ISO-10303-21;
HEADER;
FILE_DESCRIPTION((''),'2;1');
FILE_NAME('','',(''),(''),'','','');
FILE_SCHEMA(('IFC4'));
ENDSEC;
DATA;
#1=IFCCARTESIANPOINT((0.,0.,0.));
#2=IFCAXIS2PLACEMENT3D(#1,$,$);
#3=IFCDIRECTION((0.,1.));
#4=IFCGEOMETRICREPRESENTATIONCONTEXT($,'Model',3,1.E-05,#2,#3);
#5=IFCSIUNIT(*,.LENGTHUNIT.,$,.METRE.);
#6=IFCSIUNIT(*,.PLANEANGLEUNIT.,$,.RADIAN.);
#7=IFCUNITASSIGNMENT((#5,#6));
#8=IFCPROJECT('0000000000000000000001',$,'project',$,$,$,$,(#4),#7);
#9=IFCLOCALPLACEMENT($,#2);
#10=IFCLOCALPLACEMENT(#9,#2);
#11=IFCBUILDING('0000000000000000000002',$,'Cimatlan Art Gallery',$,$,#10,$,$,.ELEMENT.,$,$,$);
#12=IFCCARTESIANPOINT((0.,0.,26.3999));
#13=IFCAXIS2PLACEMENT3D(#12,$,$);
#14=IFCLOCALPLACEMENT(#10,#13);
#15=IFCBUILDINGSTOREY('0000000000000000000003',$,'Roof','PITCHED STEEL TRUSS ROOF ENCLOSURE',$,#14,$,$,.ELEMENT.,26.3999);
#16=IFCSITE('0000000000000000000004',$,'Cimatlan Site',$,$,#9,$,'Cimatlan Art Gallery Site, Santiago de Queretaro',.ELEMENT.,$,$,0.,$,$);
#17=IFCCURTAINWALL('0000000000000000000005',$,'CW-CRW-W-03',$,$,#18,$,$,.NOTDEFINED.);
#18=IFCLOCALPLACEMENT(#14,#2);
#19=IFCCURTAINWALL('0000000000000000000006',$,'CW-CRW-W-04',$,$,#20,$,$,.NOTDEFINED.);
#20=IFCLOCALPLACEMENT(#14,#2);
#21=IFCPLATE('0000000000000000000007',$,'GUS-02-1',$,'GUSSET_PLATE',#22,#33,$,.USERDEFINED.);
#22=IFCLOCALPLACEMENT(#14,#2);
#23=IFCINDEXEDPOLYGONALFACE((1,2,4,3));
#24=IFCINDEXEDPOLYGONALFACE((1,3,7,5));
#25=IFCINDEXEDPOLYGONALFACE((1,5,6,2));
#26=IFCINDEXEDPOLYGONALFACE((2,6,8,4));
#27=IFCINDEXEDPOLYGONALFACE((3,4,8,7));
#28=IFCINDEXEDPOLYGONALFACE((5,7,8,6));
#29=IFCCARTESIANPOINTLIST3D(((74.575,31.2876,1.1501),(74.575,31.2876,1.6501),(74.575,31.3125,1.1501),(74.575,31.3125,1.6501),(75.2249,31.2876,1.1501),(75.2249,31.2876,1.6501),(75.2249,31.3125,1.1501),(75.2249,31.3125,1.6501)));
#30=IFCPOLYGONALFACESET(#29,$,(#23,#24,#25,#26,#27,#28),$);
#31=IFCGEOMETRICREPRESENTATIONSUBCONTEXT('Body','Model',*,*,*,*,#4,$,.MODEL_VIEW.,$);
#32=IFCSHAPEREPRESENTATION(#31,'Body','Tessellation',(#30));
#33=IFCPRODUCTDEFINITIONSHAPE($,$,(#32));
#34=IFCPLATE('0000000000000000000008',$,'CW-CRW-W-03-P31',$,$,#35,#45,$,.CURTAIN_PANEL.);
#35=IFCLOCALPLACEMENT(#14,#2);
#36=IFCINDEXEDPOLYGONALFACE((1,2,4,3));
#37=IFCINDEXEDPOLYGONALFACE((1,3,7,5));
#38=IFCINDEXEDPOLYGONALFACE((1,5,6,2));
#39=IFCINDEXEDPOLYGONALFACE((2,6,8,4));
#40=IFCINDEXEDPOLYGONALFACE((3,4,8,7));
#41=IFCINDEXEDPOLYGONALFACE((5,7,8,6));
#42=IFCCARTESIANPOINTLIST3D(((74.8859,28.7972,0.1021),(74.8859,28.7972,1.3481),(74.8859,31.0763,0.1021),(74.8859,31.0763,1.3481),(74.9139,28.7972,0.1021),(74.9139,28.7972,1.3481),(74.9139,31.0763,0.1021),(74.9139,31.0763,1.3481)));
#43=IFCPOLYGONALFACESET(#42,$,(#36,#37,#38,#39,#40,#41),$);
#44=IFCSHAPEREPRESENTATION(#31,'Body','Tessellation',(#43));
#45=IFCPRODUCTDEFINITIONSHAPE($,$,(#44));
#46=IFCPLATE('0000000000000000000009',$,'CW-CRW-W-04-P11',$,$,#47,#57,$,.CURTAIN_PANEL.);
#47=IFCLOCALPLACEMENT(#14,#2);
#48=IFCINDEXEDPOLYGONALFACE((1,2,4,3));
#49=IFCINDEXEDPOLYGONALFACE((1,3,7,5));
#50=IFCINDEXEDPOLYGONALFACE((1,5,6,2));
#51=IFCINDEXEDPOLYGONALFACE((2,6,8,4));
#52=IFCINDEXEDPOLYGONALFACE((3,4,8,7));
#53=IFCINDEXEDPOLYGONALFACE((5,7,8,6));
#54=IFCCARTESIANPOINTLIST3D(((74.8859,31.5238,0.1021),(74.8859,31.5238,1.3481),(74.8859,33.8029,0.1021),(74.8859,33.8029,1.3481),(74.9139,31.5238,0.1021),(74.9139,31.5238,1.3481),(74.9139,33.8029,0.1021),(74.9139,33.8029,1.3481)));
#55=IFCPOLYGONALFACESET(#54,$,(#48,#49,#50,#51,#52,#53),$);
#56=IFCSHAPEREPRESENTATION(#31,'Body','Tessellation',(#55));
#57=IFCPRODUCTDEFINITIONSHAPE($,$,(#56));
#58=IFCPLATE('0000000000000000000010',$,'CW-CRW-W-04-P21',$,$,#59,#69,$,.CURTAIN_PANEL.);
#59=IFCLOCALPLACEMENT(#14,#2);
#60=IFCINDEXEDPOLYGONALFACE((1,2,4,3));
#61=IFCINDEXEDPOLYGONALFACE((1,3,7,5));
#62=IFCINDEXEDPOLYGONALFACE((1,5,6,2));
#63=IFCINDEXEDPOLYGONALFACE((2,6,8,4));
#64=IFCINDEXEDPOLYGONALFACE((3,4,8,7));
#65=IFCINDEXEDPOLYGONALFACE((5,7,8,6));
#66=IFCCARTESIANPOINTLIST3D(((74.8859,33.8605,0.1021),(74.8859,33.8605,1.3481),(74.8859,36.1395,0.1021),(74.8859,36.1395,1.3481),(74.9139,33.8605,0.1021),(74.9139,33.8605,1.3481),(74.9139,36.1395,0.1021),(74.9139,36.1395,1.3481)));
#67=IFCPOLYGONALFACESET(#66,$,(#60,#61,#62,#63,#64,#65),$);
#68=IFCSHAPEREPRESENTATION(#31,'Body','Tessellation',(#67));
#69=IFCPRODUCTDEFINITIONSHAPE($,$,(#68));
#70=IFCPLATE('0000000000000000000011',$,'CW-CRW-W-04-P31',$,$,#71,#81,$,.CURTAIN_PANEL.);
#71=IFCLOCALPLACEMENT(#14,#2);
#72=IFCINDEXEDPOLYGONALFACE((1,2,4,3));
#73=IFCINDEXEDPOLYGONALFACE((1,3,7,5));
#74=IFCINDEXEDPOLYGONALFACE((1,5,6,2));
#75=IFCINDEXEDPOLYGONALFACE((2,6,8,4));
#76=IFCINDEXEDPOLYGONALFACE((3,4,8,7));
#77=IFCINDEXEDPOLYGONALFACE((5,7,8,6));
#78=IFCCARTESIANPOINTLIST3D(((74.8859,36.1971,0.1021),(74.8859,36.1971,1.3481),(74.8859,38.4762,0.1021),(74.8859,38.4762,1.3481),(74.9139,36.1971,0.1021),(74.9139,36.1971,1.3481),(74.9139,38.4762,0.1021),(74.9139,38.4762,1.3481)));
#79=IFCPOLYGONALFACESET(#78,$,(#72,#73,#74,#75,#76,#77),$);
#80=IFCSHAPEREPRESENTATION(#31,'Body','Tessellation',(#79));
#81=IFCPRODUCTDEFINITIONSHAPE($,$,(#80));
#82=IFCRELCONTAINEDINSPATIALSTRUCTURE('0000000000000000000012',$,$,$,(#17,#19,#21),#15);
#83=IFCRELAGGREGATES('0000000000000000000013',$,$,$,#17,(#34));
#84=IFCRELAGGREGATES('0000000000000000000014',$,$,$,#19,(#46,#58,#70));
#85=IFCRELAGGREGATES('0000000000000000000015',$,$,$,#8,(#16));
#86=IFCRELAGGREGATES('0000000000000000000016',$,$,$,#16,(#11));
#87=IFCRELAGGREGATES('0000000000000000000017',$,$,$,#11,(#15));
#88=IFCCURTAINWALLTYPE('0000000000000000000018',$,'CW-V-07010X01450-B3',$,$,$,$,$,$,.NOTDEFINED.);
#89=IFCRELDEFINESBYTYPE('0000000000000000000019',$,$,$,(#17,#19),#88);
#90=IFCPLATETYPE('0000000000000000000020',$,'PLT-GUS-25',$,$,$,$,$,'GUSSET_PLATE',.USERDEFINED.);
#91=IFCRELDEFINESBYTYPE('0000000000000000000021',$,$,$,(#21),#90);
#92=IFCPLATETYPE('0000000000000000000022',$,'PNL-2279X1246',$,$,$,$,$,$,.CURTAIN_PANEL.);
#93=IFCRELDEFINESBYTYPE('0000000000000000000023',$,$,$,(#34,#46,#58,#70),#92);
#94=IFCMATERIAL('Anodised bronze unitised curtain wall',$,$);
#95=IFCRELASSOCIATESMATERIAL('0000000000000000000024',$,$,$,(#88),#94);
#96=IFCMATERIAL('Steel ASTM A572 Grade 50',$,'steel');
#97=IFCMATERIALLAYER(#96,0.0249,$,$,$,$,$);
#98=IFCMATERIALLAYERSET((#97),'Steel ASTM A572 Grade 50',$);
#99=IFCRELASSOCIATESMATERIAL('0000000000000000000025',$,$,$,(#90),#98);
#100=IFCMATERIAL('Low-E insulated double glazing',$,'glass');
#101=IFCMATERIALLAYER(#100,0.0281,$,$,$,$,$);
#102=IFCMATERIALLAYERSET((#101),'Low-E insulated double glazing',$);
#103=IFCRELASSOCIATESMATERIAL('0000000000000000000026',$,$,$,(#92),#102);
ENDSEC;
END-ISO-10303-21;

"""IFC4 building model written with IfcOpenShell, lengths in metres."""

from ifc_helpers import new_model, si_unit, direction, frame, origin, origin_2d, place, context, subcontext, project, spatial, rectangle, extrude, material, layer, layer_set, type_object, element, aggregate, save


model = new_model("IFC4")

# Units and contexts
model_context = context("Model", 3, precision=1e-05, world=origin(), true_north=direction((0.0, 1.0)))
body_context = subcontext(model_context, "Body", "Model", "MODEL_VIEW")
ifc_project = project(units=[si_unit("LENGTHUNIT", "METRE"), si_unit("PLANEANGLEUNIT", "RADIAN")], contexts=[model_context])

# Site, building, storey
site_placement = place(None, origin())
site = spatial("IfcSite", under=ifc_project, at=site_placement, Name="Cimatlan Site", LongName="Cimatlan Art Gallery Site, Santiago de Queretaro", CompositionType="ELEMENT", RefElevation=0.0)
building_placement = place(site_placement, origin())
building = spatial("IfcBuilding", under=site, at=building_placement, Name="Cimatlan Art Gallery", CompositionType="ELEMENT")
storey_placement = place(building_placement, frame((0.0, 0.0, 26.3999)))
storey = spatial("IfcBuildingStorey", under=building, at=storey_placement, Name="Roof", Description="PITCHED STEEL TRUSS ROOF ENCLOSURE", CompositionType="ELEMENT", Elevation=26.3999)

# Curtain walls
ifc_material_1 = material(Name="Anodised bronze unitised curtain wall")
curtain_wall_type = type_object("IfcCurtainWallType", Name="CW-V-07010X01450-B3", PredefinedType="NOTDEFINED", material=ifc_material_1)
curtain_wall_1_placement = place(storey_placement, origin())
curtain_wall_1 = element("IfcCurtainWall", 1, at=curtain_wall_1_placement, inside=storey, type_object=curtain_wall_type, Name="CW-CRW-W-03", PredefinedType="NOTDEFINED")
curtain_wall_2_placement = place(storey_placement, origin())
curtain_wall_2 = element("IfcCurtainWall", 2, at=curtain_wall_2_placement, inside=storey, type_object=curtain_wall_type, Name="CW-CRW-W-04", PredefinedType="NOTDEFINED")

# Plate
ifc_material_2 = material(Name="Steel ASTM A572 Grade 50", Category="steel")
ifc_layer_1 = layer(ifc_material_2, 0.0249)
ifc_layer_set_1 = layer_set([ifc_layer_1], Name="Steel ASTM A572 Grade 50")
plate_type_1 = type_object("IfcPlateType", Name="PLT-GUS-25", ElementType="GUSSET_PLATE", PredefinedType="USERDEFINED", material=ifc_layer_set_1)
plate_1_placement = place(storey_placement, frame((74.8999, 31.3, 1.1501), z_axis=(0.0, 0.0, 1.0), x_axis=(1.0, 0.0, 0.0)))
element("IfcPlate", 3, at=plate_1_placement, inside=storey, type_object=plate_type_1, Name="GUS-02-1", ObjectType="GUSSET_PLATE", PredefinedType="USERDEFINED", context=body_context, shape_type="SweptSolid", body=[
    extrude(rectangle(XDim=0.6499, YDim=0.0249, at=origin_2d()), origin(), (0.0, 0.0, 1.0), 0.5),
])

# Plates
ifc_material_3 = material(Name="Low-E insulated double glazing", Category="glass")
ifc_layer_2 = layer(ifc_material_3, 0.0281)
ifc_layer_set_2 = layer_set([ifc_layer_2], Name="Low-E insulated double glazing")
plate_type_2 = type_object("IfcPlateType", Name="PNL-2279X1246", PredefinedType="CURTAIN_PANEL", material=ifc_layer_set_2)
plate_2_placement = place(storey_placement, frame((74.8999, 29.9368, 0.1021), z_axis=(0.0, 0.0, 1.0), x_axis=(0.0, 1.0, 0.0)))
plate_2 = element("IfcPlate", 4, at=plate_2_placement, type_object=plate_type_2, Name="CW-CRW-W-03-P31", PredefinedType="CURTAIN_PANEL", context=body_context, shape_type="SweptSolid", body=[
    extrude(rectangle(XDim=2.2791, YDim=0.0281, at=origin_2d()), origin(), (0.0, 0.0, 1.0), 1.2461),
])
aggregate(curtain_wall_1, [plate_2])
plate_3_placement = place(storey_placement, frame((74.8999, 32.6633, 0.1021), z_axis=(0.0, 0.0, 1.0), x_axis=(0.0, 1.0, 0.0)))
plate_3 = element("IfcPlate", 5, at=plate_3_placement, type_object=plate_type_2, Name="CW-CRW-W-04-P11", PredefinedType="CURTAIN_PANEL", context=body_context, shape_type="SweptSolid", body=[
    extrude(rectangle(XDim=2.2791, YDim=0.0281, at=origin_2d()), origin(), (0.0, 0.0, 1.0), 1.2461),
])
plate_4_placement = place(storey_placement, frame((74.8999, 35.0, 0.1021), z_axis=(0.0, 0.0, 1.0), x_axis=(0.0, 1.0, 0.0)))
plate_4 = element("IfcPlate", 6, at=plate_4_placement, type_object=plate_type_2, Name="CW-CRW-W-04-P21", PredefinedType="CURTAIN_PANEL", context=body_context, shape_type="SweptSolid", body=[
    extrude(rectangle(XDim=2.2791, YDim=0.0281, at=origin_2d()), origin(), (0.0, 0.0, 1.0), 1.2461),
])
plate_5_placement = place(storey_placement, frame((74.8999, 37.3367, 0.1021), z_axis=(0.0, 0.0, 1.0), x_axis=(0.0, 1.0, 0.0)))
plate_5 = element("IfcPlate", 7, at=plate_5_placement, type_object=plate_type_2, Name="CW-CRW-W-04-P31", PredefinedType="CURTAIN_PANEL", context=body_context, shape_type="SweptSolid", body=[
    extrude(rectangle(XDim=2.2791, YDim=0.0281, at=origin_2d()), origin(), (0.0, 0.0, 1.0), 1.2461),
])
aggregate(curtain_wall_2, [plate_3, plate_4, plate_5])

save(model, "model.ifc")
